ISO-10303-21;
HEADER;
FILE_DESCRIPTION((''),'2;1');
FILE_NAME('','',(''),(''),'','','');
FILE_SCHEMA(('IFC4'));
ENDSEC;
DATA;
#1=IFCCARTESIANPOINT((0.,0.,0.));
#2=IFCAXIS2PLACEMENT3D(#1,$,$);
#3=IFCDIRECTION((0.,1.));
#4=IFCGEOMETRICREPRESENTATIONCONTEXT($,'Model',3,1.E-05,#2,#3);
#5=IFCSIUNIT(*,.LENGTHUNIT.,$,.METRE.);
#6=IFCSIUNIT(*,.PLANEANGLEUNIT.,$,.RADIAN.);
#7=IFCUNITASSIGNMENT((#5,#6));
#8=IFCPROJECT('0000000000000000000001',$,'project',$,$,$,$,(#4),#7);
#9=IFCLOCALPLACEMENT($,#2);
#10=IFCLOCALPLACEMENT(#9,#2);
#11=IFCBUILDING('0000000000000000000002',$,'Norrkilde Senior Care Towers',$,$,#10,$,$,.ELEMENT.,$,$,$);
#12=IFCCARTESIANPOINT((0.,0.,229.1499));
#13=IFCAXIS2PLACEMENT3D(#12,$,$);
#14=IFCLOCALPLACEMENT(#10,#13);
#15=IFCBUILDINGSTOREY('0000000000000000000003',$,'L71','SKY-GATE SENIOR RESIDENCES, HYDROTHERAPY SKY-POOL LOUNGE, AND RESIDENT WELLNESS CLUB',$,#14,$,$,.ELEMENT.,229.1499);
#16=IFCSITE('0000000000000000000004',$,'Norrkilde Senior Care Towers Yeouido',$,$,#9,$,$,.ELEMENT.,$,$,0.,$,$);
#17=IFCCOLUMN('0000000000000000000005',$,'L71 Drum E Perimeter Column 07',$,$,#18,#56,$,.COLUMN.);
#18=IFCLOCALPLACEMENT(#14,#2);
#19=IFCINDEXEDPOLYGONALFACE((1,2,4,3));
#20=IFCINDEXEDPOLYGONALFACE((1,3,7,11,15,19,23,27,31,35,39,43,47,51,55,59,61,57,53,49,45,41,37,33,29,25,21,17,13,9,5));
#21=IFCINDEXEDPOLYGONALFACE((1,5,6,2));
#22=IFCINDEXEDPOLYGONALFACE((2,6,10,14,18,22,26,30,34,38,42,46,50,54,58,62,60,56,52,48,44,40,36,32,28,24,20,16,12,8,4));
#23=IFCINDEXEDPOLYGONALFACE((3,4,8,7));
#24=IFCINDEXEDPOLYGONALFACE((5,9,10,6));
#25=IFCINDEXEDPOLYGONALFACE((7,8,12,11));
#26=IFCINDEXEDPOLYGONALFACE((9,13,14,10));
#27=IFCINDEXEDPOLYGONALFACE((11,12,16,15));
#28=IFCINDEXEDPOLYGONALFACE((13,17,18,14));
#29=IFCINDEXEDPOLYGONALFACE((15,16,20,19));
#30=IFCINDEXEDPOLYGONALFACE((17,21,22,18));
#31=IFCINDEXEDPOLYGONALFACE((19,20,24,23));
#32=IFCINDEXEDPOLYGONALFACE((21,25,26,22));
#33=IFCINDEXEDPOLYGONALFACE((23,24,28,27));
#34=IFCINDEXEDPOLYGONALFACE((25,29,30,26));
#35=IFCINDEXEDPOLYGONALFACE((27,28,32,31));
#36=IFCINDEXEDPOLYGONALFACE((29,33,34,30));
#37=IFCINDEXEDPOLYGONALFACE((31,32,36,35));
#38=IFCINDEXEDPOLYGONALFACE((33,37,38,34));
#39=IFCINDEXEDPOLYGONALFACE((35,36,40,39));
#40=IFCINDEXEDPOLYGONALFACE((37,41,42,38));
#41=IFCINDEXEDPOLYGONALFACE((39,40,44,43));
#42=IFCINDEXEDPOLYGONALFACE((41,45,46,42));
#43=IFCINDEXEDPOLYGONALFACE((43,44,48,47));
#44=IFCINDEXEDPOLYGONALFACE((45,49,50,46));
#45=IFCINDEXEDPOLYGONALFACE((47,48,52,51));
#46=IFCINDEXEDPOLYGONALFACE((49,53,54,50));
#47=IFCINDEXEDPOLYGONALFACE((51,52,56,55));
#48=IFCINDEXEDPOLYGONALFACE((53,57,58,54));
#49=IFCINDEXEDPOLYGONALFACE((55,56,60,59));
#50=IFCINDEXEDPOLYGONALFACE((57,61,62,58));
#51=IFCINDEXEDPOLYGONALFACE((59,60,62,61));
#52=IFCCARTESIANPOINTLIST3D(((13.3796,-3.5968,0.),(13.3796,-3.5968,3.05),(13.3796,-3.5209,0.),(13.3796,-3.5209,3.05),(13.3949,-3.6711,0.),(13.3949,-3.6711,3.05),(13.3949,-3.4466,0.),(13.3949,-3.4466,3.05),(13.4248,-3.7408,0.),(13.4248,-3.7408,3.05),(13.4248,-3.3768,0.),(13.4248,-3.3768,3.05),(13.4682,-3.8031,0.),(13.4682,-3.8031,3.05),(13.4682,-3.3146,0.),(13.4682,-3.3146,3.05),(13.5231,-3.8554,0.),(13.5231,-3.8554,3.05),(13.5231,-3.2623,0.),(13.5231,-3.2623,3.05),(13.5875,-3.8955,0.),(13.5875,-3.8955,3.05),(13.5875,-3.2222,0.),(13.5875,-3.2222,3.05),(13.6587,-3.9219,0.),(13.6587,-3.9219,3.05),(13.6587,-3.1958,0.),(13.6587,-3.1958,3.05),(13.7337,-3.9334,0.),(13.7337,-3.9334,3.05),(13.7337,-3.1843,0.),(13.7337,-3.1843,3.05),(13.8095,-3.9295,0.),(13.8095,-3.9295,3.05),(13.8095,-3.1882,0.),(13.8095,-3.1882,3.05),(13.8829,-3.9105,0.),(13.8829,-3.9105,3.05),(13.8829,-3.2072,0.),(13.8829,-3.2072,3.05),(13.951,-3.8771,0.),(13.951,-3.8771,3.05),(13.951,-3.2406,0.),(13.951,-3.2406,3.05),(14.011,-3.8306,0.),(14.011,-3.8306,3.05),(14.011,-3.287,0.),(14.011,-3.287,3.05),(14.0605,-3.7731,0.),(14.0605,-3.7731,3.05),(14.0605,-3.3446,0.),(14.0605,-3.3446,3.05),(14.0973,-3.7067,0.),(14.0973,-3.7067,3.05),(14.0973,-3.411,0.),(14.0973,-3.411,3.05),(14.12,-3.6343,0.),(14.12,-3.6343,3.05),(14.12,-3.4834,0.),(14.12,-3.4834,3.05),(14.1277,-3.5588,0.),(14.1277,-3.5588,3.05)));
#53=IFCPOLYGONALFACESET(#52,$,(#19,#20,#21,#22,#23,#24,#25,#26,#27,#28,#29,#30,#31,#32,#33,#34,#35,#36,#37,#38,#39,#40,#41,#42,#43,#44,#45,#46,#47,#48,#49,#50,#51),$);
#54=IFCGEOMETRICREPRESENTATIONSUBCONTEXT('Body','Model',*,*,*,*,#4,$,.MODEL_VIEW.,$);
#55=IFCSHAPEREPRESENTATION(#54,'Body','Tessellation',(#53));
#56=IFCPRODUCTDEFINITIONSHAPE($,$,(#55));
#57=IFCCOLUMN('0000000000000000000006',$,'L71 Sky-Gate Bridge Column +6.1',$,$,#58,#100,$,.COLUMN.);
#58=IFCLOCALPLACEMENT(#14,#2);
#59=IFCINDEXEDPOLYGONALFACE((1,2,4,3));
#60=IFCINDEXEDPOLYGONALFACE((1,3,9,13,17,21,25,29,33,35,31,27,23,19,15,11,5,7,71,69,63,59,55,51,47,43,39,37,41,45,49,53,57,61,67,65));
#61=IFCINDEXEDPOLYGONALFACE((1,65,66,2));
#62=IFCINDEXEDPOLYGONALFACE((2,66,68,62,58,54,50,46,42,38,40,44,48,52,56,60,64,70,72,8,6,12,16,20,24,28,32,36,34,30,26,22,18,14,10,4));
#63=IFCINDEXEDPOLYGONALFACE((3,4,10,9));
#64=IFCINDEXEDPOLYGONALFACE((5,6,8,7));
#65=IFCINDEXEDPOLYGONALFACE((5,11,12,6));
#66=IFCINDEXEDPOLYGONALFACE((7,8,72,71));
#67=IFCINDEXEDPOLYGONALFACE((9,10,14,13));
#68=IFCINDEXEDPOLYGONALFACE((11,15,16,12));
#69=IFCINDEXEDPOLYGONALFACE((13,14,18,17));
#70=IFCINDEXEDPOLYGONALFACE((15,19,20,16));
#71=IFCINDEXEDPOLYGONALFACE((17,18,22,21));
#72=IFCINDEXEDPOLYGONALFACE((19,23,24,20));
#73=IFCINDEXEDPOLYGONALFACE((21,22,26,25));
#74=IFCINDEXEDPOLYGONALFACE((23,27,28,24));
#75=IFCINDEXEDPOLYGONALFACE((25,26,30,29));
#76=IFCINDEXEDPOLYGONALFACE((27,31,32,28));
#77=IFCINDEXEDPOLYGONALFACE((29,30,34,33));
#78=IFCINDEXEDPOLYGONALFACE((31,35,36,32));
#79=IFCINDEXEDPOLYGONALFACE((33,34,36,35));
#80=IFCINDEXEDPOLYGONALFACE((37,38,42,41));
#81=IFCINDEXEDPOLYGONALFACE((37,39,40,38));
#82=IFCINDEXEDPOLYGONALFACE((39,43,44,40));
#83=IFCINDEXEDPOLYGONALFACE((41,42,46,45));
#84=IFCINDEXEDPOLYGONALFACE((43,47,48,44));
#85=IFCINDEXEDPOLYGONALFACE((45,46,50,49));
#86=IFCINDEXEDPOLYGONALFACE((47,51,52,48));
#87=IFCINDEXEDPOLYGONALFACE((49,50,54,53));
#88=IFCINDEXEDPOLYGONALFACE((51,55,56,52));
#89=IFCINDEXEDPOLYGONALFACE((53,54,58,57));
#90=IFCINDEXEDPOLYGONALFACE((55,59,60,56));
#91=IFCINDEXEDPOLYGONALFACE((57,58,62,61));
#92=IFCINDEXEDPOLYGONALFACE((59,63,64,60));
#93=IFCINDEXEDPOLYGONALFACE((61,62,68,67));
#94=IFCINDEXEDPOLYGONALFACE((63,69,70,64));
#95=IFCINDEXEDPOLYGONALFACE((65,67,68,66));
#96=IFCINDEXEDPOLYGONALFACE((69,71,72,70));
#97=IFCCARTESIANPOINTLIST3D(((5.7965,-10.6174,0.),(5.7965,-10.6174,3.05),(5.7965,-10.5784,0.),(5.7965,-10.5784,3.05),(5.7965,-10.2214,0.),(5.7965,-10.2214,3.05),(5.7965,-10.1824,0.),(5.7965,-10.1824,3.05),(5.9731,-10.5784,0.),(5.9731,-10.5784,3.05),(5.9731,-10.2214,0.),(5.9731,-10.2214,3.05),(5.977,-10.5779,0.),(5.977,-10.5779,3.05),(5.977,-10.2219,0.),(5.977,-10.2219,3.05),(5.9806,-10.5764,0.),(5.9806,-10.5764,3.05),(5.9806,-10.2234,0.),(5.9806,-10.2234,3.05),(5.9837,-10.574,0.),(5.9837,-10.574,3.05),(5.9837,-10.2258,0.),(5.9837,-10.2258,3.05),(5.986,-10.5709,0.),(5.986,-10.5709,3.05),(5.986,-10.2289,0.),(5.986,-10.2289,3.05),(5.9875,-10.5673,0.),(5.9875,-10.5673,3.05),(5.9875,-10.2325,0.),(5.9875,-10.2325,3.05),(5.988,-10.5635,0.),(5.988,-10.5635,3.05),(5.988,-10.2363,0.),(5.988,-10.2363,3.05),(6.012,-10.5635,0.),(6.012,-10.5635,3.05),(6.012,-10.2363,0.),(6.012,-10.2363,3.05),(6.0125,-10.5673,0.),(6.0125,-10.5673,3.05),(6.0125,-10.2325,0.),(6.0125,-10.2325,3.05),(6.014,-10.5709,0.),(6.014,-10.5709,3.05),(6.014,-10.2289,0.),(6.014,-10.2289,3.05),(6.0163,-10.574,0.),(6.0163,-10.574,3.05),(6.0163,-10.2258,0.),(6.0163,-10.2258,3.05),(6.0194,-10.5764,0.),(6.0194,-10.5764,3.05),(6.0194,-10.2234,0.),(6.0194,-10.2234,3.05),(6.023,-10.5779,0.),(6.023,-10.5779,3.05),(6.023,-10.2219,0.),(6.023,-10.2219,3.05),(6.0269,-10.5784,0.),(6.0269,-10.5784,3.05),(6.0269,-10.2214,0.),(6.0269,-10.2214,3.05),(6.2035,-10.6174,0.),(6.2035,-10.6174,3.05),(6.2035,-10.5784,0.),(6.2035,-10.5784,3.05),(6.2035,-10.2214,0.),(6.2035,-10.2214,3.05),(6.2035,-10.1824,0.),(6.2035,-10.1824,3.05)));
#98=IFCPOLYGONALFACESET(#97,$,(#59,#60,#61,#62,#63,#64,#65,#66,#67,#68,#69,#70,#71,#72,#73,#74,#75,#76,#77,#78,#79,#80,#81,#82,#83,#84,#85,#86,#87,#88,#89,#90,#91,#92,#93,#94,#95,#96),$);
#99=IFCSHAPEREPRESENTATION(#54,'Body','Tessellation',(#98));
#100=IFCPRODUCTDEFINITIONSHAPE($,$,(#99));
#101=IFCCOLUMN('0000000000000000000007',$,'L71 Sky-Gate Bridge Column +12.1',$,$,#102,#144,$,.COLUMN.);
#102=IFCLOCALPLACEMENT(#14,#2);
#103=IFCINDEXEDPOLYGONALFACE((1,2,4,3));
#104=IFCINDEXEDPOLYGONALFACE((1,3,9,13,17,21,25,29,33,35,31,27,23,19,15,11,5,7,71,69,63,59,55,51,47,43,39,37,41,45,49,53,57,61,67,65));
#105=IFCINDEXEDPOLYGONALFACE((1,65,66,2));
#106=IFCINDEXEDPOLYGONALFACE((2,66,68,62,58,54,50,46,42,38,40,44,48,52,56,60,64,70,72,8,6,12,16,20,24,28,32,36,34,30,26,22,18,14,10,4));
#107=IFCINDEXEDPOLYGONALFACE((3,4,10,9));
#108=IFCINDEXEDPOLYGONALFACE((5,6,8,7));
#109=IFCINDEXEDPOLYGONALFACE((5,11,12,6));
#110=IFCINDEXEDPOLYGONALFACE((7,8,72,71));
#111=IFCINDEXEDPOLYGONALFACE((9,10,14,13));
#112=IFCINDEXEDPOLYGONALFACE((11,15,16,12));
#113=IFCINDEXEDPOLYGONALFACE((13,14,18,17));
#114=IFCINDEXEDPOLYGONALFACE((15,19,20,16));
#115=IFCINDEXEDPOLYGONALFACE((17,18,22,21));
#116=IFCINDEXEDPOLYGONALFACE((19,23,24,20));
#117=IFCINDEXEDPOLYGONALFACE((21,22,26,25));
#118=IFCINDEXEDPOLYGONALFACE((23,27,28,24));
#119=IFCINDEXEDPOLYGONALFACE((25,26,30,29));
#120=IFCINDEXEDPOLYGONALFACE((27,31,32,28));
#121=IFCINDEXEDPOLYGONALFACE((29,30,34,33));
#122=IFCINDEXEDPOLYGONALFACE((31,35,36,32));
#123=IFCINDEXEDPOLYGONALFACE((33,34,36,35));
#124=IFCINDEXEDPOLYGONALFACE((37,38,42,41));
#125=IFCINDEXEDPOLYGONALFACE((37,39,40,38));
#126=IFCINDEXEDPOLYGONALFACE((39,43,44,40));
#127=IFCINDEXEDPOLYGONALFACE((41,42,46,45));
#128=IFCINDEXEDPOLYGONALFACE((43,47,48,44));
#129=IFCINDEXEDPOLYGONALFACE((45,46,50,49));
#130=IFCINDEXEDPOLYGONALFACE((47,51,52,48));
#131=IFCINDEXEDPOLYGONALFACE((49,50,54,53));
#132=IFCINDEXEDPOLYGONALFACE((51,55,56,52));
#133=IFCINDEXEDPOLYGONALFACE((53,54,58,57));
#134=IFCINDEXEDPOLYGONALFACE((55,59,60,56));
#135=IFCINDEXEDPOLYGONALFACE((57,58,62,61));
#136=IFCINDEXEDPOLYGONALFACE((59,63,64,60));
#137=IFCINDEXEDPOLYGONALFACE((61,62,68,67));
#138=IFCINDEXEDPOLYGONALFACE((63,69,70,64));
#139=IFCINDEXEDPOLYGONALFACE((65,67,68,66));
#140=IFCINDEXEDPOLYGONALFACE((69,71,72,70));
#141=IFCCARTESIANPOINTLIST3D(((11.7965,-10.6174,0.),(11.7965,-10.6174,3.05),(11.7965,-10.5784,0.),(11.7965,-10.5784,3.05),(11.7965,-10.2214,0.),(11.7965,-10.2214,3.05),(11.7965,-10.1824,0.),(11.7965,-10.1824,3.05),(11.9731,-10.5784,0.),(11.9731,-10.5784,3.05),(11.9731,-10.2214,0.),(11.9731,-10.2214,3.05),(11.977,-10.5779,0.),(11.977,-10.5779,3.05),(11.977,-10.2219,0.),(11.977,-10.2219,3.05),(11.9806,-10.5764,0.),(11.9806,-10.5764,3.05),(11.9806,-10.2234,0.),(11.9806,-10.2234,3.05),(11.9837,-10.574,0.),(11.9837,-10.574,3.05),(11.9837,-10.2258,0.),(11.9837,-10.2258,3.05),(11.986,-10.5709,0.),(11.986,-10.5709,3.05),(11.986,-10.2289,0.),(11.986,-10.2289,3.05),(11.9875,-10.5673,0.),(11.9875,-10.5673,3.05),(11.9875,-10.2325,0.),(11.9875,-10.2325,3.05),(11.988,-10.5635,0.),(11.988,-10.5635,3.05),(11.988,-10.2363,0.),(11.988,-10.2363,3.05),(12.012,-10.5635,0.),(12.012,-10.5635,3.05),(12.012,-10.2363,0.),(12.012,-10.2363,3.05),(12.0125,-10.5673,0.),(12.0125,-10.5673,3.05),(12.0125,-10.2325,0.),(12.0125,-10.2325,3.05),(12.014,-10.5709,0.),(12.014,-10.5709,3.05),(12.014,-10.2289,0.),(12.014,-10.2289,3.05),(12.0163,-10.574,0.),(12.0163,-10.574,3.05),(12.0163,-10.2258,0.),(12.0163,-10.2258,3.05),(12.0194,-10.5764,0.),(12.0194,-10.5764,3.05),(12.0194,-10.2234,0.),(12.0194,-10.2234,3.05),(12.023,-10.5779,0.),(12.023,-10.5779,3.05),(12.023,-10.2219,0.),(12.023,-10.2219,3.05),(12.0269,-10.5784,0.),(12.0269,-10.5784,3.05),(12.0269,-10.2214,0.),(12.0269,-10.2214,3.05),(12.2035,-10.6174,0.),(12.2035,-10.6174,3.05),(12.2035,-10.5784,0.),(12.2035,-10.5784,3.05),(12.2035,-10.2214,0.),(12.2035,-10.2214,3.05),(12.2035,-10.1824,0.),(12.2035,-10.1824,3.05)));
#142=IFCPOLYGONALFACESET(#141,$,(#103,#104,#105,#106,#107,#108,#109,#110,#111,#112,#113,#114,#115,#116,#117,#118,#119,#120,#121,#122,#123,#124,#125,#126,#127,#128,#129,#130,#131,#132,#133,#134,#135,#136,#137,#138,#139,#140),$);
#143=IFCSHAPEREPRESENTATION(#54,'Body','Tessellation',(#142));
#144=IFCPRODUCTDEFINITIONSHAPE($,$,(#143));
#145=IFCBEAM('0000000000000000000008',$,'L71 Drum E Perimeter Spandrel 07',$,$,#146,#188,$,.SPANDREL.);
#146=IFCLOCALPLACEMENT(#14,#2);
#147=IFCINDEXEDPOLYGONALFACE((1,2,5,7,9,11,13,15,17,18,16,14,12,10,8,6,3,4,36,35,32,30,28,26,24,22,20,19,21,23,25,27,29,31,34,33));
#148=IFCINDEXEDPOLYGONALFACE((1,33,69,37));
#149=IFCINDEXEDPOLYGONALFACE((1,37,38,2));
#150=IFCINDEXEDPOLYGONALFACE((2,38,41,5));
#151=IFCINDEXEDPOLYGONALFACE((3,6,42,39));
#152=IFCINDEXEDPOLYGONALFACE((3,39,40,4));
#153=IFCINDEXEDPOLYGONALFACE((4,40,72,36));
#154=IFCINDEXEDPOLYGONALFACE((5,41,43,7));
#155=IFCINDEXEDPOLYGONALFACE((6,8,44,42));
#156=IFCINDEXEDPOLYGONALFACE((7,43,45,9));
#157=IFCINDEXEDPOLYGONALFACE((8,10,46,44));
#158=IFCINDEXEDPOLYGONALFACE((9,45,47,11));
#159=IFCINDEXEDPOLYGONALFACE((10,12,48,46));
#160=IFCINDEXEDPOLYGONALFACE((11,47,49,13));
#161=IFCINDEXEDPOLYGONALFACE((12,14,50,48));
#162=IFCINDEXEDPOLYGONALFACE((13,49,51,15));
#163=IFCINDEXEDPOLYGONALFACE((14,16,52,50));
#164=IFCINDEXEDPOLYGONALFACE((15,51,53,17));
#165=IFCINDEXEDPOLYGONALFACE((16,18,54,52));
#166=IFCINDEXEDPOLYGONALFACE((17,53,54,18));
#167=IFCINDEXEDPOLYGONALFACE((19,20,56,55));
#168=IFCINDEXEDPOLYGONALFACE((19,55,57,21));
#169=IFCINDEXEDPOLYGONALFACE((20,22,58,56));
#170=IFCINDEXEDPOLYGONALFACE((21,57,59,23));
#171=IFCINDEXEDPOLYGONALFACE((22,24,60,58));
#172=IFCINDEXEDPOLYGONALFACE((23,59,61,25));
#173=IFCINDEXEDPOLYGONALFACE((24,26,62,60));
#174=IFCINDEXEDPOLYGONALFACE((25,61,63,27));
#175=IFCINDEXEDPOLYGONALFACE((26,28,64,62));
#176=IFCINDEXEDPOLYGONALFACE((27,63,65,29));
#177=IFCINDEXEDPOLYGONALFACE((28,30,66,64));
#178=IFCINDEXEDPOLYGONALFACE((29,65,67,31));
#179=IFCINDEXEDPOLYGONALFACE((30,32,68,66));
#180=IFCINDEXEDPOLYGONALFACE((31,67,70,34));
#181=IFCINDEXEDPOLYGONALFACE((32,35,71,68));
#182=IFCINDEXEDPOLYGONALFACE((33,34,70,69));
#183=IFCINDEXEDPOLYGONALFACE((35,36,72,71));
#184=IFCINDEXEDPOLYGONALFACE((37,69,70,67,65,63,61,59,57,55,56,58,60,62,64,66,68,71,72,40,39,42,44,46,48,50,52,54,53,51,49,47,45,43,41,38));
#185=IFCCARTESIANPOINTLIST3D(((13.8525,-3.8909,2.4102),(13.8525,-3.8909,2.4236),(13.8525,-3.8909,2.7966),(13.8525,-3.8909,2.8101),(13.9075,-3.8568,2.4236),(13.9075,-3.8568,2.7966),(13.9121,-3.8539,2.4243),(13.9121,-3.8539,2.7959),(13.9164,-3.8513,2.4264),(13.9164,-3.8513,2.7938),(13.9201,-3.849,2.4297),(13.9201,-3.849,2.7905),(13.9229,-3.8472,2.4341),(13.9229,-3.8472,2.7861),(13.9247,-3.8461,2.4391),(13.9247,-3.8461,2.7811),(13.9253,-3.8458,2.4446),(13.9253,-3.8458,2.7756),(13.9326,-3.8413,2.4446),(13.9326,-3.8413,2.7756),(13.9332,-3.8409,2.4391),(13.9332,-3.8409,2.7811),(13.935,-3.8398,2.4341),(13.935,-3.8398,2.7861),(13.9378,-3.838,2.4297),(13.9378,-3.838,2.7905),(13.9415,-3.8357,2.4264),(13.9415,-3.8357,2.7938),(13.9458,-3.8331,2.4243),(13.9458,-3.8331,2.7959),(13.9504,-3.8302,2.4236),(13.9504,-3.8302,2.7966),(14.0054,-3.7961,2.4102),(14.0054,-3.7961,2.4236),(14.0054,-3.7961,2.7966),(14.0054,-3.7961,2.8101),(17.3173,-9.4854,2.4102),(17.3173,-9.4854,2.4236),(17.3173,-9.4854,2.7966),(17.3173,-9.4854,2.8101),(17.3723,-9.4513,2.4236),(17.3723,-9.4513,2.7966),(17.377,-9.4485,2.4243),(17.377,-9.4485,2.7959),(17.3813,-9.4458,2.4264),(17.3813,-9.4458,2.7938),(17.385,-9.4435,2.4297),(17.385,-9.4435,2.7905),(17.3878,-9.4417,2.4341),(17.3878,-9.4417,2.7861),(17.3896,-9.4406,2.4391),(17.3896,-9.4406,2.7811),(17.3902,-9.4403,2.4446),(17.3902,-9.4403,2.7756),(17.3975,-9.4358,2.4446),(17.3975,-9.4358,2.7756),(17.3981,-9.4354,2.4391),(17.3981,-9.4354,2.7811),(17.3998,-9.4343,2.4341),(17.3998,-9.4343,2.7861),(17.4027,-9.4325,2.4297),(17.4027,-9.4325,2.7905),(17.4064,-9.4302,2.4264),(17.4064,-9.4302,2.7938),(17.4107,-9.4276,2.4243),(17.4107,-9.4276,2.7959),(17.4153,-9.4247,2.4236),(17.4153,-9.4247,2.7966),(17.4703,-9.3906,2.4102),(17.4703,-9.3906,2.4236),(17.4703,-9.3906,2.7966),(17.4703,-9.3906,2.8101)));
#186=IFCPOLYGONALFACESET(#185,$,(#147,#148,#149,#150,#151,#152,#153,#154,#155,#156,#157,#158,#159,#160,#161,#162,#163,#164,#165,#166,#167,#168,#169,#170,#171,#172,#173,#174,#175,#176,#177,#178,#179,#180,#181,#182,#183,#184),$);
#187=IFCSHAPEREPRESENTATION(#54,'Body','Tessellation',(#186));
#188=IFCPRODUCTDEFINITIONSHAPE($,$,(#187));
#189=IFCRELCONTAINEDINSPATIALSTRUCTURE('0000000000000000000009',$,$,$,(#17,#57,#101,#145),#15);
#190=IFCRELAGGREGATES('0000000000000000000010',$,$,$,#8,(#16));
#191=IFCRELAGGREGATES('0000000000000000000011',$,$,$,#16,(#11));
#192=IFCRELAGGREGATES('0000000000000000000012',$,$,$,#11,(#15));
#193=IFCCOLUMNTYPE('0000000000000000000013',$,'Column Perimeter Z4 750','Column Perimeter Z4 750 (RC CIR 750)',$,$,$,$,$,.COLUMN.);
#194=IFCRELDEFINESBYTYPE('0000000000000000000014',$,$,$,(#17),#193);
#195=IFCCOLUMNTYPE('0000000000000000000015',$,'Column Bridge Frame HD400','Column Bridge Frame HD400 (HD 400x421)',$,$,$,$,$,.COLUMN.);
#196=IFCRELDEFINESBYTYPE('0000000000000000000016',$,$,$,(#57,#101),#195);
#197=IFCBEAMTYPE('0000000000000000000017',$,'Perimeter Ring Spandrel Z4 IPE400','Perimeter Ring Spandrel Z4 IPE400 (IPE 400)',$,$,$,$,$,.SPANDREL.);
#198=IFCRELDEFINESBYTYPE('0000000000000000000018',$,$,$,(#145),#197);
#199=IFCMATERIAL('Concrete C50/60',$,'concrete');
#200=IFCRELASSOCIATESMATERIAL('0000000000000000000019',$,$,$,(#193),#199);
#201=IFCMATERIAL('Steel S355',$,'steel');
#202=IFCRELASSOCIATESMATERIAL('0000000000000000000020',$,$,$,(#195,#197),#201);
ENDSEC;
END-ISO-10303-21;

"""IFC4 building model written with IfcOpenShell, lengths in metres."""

from ifc_helpers import new_model, si_unit, direction, frame, origin, origin_2d, place, context, subcontext, project, spatial, circle, i_section, extrude, source, transform, mapped, material, material_profile, profile_set, type_object, type_shapes, element, save


model = new_model("IFC4")

# Units and contexts
model_context = context("Model", 3, precision=1e-05, world=origin(), true_north=direction((0.0, 1.0)))
body_context = subcontext(model_context, "Body", "Model", "MODEL_VIEW")
ifc_project = project(units=[si_unit("LENGTHUNIT", "METRE"), si_unit("PLANEANGLEUNIT", "RADIAN")], contexts=[model_context])

# Site, building, storey
site_placement = place(None, origin())
site = spatial("IfcSite", under=ifc_project, at=site_placement, Name="Norrkilde Senior Care Towers Yeouido", CompositionType="ELEMENT", RefElevation=0.0)
building_placement = place(site_placement, origin())
building = spatial("IfcBuilding", under=site, at=building_placement, Name="Norrkilde Senior Care Towers", CompositionType="ELEMENT")
storey_placement = place(building_placement, frame((0.0, 0.0, 229.1499)))
storey = spatial("IfcBuildingStorey", under=building, at=storey_placement, Name="L71", Description="SKY-GATE SENIOR RESIDENCES, HYDROTHERAPY SKY-POOL LOUNGE, AND RESIDENT WELLNESS CLUB", CompositionType="ELEMENT", Elevation=229.1499)

# Columns
ifc_material_1 = material(Name="Concrete C50/60", Category="concrete")
ifc_material_profile_1 = material_profile(ifc_material_1, circle(Radius=0.375, at=origin_2d()), Name="RC CIR 750")
ifc_profile_set_1 = profile_set([ifc_material_profile_1], Name="Concrete C50/60")
column_type_1 = type_object("IfcColumnType", Name="Column Perimeter Z4 750", Description="Column Perimeter Z4 750 (RC CIR 750)", PredefinedType="COLUMN", material=ifc_profile_set_1)
shared_shape_1 = source(origin(), body_context, "Body", "SweptSolid", [
    extrude(circle(Radius=0.375, at=origin_2d()), origin(), (0.0, 0.0, 1.0), 3.05),
])
type_shapes(column_type_1, [shared_shape_1])
column_placement = place(storey_placement, frame((13.7527, -3.5588, 0.0), z_axis=(0.0, 0.0, 1.0), x_axis=(1.0, 0.0, 0.0)))
element("IfcColumn", 1, at=column_placement, inside=storey, type_object=column_type_1, Name="L71 Drum E Perimeter Column 07", PredefinedType="COLUMN", context=body_context, shape_type="MappedRepresentation", body=[
    mapped(shared_shape_1, transform((0.0, 0.0, 0.0), x_axis=(1.0, 0.0, 0.0), y_axis=(0.0, 1.0, 0.0), z_axis=(0.0, 0.0, 1.0), scale=1.0)),
])
ifc_material_2 = material(Name="Steel S355", Category="steel")
ifc_material_profile_2 = material_profile(ifc_material_2, i_section(OverallWidth=0.407, OverallDepth=0.4351, WebThickness=0.0239, FlangeThickness=0.0391, FilletRadius=0.0149, at=origin_2d()), Name="HD 400x421")
ifc_profile_set_2 = profile_set([ifc_material_profile_2], Name="Steel S355")
column_type_2 = type_object("IfcColumnType", Name="Column Bridge Frame HD400", Description="Column Bridge Frame HD400 (HD 400x421)", PredefinedType="COLUMN", material=ifc_profile_set_2)
shared_shape_2 = source(origin(), body_context, "Body", "SweptSolid", [
    extrude(i_section(OverallWidth=0.407, OverallDepth=0.4351, WebThickness=0.0239, FlangeThickness=0.0391, FilletRadius=0.0149, at=origin_2d()), origin(), (0.0, 0.0, 1.0), 3.05),
])
type_shapes(column_type_2, [shared_shape_2])
for number, where, z_axis, x_axis, name in (
    (2, (6.0, -10.3999, 0.0), (0.0, 0.0, 1.0), (1.0, 0.0, 0.0), "L71 Sky-Gate Bridge Column +6.1"),
    (3, (12.0, -10.3999, 0.0), (0.0, 0.0, 1.0), (1.0, 0.0, 0.0), "L71 Sky-Gate Bridge Column +12.1"),
):
    element("IfcColumn", number, at=place(storey_placement, frame(where, z_axis=z_axis, x_axis=x_axis)), inside=storey, type_object=column_type_2, Name=name, PredefinedType="COLUMN", context=body_context, shape_type="MappedRepresentation", body=[
        mapped(shared_shape_2, transform((0.0, 0.0, 0.0), x_axis=(1.0, 0.0, 0.0), y_axis=(0.0, 1.0, 0.0), z_axis=(0.0, 0.0, 1.0), scale=1.0)),
    ])

# Beam
ifc_material_profile_3 = material_profile(ifc_material_2, i_section(OverallWidth=0.1799, OverallDepth=0.3999, WebThickness=0.0085, FlangeThickness=0.0134, FilletRadius=0.021, at=origin_2d()), Name="IPE 400")
ifc_profile_set_3 = profile_set([ifc_material_profile_3], Name="Steel S355")
beam_type_1 = type_object("IfcBeamType", Name="Perimeter Ring Spandrel Z4 IPE400", Description="Perimeter Ring Spandrel Z4 IPE400 (IPE 400)", PredefinedType="SPANDREL", material=ifc_profile_set_3)
shared_shape_3 = source(origin(), body_context, "Body", "SweptSolid", [
    extrude(i_section(OverallWidth=0.1799, OverallDepth=0.3999, WebThickness=0.0085, FlangeThickness=0.0134, FilletRadius=0.021, at=origin_2d()), origin(), (0.0, 0.0, 1.0), 6.5806),
])
type_shapes(beam_type_1, [shared_shape_3])
beam_1_placement = place(storey_placement, frame((13.929, -3.8435, 2.6101), z_axis=(0.52653, -0.850157, 0.0), x_axis=(0.850157, 0.52653, 0.0)))
element("IfcBeam", 4, at=beam_1_placement, inside=storey, type_object=beam_type_1, Name="L71 Drum E Perimeter Spandrel 07", PredefinedType="SPANDREL", context=body_context, shape_type="MappedRepresentation", body=[
    mapped(shared_shape_3, transform((0.0, 0.0, 0.0), x_axis=(1.0, 0.0, 0.0), y_axis=(0.0, 1.0, 0.0), z_axis=(0.0, 0.0, 1.0), scale=1.0)),
])

save(model, "model.ifc")
